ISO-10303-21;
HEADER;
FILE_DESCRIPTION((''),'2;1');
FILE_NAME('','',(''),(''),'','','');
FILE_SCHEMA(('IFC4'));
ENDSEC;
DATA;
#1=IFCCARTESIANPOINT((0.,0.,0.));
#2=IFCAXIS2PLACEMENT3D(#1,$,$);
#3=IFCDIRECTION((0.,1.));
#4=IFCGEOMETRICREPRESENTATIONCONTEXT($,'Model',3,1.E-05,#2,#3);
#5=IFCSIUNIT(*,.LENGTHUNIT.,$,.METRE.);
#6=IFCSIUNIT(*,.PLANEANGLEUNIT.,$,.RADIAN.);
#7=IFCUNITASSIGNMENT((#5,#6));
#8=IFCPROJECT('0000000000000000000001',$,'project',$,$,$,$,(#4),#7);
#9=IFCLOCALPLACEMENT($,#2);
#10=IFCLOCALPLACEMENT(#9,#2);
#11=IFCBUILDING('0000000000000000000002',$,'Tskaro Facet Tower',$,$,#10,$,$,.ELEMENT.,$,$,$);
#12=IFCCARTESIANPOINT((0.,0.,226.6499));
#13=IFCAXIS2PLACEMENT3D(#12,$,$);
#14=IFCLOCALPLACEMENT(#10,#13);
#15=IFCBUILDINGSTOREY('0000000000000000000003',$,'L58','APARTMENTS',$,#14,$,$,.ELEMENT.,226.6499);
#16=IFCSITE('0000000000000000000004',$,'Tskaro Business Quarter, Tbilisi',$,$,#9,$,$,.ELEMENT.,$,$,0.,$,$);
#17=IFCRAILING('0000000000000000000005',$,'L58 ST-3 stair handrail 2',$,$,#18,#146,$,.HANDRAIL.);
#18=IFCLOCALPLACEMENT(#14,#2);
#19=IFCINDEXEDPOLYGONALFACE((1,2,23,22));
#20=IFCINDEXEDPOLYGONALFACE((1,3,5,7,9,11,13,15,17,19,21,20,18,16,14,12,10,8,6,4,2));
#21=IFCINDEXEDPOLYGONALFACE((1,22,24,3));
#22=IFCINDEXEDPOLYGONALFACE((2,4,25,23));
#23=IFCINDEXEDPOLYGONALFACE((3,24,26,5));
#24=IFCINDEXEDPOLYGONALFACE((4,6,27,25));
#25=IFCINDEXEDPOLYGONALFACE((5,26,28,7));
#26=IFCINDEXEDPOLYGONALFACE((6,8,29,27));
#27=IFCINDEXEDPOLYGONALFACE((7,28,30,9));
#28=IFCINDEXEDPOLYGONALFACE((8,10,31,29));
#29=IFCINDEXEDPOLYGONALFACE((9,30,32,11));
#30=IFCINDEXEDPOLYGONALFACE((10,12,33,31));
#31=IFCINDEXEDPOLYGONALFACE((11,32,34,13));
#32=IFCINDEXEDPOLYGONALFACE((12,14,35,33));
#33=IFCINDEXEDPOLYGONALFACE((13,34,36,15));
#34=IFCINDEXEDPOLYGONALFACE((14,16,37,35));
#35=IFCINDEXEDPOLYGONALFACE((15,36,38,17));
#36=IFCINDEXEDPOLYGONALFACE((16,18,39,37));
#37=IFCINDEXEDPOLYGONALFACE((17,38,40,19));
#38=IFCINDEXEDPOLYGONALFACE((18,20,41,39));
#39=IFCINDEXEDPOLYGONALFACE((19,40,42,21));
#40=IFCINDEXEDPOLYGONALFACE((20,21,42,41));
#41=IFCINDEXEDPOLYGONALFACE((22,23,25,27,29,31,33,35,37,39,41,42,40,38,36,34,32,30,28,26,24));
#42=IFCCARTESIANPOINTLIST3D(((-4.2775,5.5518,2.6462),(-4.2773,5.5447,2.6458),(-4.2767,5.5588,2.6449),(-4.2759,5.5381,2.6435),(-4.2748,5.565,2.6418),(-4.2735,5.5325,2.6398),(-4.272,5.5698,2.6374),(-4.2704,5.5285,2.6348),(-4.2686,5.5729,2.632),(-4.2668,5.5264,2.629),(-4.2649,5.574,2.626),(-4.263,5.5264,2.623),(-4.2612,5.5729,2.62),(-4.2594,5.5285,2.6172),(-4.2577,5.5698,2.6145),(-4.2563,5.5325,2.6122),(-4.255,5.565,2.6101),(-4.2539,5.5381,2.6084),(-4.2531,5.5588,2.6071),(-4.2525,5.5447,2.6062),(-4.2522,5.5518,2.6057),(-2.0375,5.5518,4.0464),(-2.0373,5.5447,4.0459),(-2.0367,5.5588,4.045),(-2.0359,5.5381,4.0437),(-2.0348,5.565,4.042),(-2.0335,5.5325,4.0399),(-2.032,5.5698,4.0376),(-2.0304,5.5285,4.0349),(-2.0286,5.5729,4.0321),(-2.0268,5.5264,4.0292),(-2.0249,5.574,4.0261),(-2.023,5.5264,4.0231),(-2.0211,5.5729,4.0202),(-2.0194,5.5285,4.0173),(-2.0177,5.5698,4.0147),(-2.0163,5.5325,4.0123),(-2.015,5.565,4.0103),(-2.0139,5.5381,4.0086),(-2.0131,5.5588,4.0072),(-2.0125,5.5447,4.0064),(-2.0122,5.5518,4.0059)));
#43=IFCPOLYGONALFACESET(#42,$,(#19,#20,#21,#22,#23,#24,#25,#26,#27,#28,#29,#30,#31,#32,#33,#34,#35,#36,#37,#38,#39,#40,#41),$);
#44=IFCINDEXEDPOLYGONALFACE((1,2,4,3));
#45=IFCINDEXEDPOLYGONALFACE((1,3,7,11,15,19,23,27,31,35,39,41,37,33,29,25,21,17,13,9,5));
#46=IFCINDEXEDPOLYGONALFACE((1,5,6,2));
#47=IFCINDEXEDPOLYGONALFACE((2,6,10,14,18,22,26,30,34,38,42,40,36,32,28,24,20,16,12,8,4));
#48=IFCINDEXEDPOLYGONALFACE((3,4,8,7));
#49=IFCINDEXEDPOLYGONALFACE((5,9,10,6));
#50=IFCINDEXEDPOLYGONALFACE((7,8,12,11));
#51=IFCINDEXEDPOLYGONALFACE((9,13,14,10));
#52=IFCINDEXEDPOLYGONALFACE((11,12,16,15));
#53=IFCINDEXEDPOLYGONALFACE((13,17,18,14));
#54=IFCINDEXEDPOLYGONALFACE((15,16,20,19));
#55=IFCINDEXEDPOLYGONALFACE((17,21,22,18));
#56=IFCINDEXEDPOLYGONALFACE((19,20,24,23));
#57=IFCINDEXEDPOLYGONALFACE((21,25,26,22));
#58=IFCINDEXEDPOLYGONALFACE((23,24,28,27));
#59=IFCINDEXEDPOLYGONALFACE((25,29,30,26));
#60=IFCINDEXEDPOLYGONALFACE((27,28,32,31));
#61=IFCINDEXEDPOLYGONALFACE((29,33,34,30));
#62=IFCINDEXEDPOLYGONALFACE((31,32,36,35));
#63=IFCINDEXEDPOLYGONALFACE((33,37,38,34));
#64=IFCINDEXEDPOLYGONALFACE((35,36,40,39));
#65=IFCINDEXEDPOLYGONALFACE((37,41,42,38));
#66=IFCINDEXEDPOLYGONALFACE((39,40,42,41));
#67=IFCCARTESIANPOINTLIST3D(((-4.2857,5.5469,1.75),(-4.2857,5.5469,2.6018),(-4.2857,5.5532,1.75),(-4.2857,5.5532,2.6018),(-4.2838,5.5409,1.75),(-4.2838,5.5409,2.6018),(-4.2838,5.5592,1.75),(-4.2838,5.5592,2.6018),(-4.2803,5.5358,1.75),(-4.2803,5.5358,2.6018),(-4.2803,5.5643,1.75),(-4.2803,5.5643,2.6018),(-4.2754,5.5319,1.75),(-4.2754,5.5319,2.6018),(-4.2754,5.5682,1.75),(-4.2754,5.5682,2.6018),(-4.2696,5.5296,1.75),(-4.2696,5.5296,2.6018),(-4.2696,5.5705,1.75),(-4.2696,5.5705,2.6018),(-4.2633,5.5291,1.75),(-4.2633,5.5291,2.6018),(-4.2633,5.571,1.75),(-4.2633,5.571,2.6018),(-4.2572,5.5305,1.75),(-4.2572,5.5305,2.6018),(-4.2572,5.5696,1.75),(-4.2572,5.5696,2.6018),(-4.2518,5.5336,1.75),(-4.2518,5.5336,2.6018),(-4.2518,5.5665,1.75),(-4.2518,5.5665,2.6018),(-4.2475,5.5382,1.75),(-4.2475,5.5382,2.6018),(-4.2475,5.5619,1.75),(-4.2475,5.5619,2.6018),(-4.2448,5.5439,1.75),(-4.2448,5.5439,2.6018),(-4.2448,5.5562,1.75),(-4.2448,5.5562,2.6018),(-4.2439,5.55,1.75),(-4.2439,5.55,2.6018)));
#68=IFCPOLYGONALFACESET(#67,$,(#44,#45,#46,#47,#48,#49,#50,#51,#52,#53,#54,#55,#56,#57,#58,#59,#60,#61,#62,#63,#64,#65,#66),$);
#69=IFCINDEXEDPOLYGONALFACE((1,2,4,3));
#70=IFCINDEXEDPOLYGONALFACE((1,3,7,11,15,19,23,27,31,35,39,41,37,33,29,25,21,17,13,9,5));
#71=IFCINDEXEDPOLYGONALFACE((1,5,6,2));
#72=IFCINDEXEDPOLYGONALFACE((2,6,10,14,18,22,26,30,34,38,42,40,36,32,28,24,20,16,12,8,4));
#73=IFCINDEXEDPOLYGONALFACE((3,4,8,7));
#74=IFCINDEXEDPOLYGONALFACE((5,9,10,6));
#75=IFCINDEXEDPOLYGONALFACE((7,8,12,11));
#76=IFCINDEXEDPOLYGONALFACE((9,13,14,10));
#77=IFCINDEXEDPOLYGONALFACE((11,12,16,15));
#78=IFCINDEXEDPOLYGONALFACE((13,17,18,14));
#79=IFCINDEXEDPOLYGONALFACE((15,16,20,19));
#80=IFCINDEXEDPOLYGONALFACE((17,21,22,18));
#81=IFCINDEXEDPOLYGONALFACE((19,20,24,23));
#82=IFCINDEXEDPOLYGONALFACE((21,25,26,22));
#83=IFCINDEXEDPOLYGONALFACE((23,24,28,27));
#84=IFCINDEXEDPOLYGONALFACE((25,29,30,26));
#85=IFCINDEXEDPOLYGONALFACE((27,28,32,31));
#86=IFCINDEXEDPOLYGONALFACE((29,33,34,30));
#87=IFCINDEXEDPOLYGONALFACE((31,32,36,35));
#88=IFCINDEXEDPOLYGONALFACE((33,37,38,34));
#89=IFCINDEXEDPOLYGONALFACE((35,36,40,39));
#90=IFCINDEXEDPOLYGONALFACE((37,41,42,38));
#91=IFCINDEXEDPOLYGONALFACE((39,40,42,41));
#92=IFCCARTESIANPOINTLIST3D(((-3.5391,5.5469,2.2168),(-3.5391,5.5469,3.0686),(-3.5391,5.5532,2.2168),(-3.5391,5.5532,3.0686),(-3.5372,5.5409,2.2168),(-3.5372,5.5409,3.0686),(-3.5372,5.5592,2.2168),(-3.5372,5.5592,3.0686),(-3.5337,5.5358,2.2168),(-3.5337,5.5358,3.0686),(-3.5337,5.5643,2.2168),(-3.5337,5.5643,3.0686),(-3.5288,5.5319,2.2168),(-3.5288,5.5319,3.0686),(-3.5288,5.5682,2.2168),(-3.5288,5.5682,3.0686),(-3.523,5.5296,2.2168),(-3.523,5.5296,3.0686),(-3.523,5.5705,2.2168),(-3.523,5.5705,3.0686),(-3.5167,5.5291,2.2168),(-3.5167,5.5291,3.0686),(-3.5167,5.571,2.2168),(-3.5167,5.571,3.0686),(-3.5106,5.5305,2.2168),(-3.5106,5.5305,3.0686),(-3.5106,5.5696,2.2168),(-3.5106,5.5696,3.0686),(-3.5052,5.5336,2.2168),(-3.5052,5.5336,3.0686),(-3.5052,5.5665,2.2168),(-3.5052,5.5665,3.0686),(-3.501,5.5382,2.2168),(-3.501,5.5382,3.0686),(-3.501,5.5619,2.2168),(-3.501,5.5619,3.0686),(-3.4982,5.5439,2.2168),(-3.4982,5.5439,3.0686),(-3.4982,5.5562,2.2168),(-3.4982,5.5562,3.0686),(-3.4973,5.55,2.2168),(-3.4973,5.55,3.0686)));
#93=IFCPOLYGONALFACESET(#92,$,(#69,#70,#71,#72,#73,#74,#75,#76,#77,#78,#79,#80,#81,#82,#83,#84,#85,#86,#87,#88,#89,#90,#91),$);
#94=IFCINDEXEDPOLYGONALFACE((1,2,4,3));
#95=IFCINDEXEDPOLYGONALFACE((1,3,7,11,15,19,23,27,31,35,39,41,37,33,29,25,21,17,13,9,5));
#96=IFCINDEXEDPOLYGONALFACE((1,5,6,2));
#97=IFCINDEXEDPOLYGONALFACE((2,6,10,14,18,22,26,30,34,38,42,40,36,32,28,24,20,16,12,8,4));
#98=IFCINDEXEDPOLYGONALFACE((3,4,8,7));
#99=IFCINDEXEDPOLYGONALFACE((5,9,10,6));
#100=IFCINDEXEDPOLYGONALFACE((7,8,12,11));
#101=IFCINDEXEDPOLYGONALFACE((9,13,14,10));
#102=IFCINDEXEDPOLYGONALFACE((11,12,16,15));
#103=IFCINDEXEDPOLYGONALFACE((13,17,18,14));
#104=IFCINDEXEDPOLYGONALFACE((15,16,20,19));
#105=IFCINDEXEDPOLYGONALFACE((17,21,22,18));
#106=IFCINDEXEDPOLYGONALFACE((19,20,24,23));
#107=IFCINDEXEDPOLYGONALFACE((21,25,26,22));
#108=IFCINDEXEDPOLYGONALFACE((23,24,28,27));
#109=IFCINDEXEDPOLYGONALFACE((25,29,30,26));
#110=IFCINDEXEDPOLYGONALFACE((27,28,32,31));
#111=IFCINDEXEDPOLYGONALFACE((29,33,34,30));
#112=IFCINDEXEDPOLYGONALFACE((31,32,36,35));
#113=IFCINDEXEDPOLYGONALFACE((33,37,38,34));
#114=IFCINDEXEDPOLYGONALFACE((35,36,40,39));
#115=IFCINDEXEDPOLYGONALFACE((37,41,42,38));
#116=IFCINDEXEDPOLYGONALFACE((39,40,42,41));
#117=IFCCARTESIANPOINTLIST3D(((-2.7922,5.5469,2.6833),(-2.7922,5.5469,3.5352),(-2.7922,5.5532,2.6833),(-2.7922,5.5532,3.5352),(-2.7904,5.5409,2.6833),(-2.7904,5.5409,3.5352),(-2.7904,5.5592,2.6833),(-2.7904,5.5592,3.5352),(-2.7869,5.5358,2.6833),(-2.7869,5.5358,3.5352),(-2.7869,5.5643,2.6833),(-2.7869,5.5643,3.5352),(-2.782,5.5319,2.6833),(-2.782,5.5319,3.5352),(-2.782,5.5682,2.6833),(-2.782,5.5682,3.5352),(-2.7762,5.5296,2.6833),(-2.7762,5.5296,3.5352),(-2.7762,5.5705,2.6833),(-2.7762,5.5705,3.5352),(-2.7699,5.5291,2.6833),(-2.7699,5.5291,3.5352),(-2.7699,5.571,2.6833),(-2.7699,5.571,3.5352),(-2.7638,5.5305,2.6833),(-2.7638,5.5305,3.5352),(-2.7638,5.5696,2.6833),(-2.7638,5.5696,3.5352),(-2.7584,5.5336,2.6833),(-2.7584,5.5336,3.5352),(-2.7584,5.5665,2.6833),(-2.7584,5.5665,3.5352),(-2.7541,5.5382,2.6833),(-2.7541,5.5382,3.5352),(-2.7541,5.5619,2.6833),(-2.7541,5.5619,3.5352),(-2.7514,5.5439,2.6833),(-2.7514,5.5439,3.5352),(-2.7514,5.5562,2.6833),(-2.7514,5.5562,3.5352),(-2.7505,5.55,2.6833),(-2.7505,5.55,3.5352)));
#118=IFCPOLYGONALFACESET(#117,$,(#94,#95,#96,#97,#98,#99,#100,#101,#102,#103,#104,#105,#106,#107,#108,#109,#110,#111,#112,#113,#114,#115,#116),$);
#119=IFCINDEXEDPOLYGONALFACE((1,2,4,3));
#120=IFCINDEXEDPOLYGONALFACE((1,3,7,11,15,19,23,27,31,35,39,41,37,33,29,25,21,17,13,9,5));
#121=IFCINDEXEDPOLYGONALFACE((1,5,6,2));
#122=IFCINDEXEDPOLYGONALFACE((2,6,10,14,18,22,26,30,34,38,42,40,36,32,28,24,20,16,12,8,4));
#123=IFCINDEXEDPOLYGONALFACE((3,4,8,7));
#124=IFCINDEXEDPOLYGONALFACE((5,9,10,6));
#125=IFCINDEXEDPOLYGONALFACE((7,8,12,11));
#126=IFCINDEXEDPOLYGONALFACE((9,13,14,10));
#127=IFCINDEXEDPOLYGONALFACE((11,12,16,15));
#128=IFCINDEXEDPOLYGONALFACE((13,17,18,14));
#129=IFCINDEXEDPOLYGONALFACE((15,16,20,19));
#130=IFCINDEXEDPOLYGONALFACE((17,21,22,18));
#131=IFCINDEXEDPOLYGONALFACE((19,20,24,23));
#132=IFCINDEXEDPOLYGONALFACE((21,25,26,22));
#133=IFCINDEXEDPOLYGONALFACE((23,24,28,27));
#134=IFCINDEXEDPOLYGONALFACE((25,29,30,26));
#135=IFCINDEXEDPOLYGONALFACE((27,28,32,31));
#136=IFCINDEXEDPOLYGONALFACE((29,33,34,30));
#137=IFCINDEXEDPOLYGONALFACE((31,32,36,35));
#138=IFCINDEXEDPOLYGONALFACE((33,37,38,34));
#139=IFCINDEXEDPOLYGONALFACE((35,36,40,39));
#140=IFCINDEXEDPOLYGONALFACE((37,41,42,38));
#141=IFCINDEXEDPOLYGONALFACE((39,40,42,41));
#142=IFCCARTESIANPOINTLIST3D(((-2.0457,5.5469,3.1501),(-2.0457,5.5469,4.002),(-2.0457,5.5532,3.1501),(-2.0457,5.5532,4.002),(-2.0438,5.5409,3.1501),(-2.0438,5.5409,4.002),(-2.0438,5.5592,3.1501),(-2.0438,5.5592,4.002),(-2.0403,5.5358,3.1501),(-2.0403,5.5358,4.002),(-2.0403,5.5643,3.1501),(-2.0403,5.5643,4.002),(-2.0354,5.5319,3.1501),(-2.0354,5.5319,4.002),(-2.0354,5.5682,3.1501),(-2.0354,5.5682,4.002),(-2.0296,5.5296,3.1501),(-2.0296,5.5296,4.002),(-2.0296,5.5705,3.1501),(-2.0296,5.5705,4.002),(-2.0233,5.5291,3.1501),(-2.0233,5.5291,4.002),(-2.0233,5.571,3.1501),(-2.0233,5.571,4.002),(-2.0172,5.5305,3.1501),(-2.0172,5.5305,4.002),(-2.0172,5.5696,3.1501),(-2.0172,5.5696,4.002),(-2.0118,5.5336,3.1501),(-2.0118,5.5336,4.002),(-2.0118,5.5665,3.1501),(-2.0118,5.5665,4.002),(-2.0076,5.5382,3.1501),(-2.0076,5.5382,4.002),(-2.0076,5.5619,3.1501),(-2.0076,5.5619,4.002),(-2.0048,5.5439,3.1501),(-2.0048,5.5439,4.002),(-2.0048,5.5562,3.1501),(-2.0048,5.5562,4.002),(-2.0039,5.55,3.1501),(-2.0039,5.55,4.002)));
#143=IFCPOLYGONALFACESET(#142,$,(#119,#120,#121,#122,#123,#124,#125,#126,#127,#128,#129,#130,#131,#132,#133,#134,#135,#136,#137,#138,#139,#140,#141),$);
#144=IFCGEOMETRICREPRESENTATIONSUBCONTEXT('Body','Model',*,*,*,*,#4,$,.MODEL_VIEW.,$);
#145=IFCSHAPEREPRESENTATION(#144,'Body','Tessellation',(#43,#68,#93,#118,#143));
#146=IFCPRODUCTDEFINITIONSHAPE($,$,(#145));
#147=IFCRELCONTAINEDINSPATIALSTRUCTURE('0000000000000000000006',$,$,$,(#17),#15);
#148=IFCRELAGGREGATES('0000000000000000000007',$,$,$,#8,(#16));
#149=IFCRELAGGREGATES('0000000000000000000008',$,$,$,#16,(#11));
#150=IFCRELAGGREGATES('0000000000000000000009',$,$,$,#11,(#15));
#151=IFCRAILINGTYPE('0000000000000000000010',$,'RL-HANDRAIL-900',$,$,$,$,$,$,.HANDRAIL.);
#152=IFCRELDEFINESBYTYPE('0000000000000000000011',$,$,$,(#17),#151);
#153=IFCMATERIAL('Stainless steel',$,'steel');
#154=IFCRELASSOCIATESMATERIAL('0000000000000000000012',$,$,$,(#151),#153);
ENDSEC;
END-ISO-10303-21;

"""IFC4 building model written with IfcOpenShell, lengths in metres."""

from ifc_helpers import new_model, si_unit, direction, frame, origin, origin_2d, place, context, subcontext, project, spatial, circle, extrude, material, type_object, element, save


model = new_model("IFC4")

# Units and contexts
model_context = context("Model", 3, precision=1e-05, world=origin(), true_north=direction((0.0, 1.0)))
body_context = subcontext(model_context, "Body", "Model", "MODEL_VIEW")
ifc_project = project(units=[si_unit("LENGTHUNIT", "METRE"), si_unit("PLANEANGLEUNIT", "RADIAN")], contexts=[model_context])

# Site, building, storey
site_placement = place(None, origin())
site = spatial("IfcSite", under=ifc_project, at=site_placement, Name="Tskaro Business Quarter, Tbilisi", CompositionType="ELEMENT", RefElevation=0.0)
building_placement = place(site_placement, origin())
building = spatial("IfcBuilding", under=site, at=building_placement, Name="Tskaro Facet Tower", CompositionType="ELEMENT")
storey_placement = place(building_placement, frame((0.0, 0.0, 226.6499)))
storey = spatial("IfcBuildingStorey", under=building, at=storey_placement, Name="L58", Description="APARTMENTS", CompositionType="ELEMENT", Elevation=226.6499)

# Railing
ifc_material_1 = material(Name="Stainless steel", Category="steel")
railing_type_1 = type_object("IfcRailingType", Name="RL-HANDRAIL-900", PredefinedType="HANDRAIL", material=ifc_material_1)
railing_1_placement = place(storey_placement, frame((-4.2649, 5.55, 1.75)))
element("IfcRailing", 1, at=railing_1_placement, inside=storey, type_object=railing_type_1, Name="L58 ST-3 stair handrail 2", PredefinedType="HANDRAIL", context=body_context, shape_type="SweptSolid", body=[
    extrude(circle(Radius=0.0239, at=origin_2d()), frame((0.0, 0.0, 0.876), z_axis=(0.847972, 0.0, 0.53004), x_axis=(0.0, 1.0, 0.0)), (0.0, 0.0, 1.0), 2.6416),
    extrude(circle(Radius=0.021, at=origin_2d()), origin(), (0.0, 0.0, 1.0), 0.8518),
    extrude(circle(Radius=0.021, at=origin_2d()), frame((0.7466, 0.0, 0.4668)), (0.0, 0.0, 1.0), 0.8518),
    extrude(circle(Radius=0.021, at=origin_2d()), frame((1.4934, 0.0, 0.9333)), (0.0, 0.0, 1.0), 0.8518),
    extrude(circle(Radius=0.021, at=origin_2d()), frame((2.24, 0.0, 1.4001)), (0.0, 0.0, 1.0), 0.8518),
])

save(model, "model.ifc")
